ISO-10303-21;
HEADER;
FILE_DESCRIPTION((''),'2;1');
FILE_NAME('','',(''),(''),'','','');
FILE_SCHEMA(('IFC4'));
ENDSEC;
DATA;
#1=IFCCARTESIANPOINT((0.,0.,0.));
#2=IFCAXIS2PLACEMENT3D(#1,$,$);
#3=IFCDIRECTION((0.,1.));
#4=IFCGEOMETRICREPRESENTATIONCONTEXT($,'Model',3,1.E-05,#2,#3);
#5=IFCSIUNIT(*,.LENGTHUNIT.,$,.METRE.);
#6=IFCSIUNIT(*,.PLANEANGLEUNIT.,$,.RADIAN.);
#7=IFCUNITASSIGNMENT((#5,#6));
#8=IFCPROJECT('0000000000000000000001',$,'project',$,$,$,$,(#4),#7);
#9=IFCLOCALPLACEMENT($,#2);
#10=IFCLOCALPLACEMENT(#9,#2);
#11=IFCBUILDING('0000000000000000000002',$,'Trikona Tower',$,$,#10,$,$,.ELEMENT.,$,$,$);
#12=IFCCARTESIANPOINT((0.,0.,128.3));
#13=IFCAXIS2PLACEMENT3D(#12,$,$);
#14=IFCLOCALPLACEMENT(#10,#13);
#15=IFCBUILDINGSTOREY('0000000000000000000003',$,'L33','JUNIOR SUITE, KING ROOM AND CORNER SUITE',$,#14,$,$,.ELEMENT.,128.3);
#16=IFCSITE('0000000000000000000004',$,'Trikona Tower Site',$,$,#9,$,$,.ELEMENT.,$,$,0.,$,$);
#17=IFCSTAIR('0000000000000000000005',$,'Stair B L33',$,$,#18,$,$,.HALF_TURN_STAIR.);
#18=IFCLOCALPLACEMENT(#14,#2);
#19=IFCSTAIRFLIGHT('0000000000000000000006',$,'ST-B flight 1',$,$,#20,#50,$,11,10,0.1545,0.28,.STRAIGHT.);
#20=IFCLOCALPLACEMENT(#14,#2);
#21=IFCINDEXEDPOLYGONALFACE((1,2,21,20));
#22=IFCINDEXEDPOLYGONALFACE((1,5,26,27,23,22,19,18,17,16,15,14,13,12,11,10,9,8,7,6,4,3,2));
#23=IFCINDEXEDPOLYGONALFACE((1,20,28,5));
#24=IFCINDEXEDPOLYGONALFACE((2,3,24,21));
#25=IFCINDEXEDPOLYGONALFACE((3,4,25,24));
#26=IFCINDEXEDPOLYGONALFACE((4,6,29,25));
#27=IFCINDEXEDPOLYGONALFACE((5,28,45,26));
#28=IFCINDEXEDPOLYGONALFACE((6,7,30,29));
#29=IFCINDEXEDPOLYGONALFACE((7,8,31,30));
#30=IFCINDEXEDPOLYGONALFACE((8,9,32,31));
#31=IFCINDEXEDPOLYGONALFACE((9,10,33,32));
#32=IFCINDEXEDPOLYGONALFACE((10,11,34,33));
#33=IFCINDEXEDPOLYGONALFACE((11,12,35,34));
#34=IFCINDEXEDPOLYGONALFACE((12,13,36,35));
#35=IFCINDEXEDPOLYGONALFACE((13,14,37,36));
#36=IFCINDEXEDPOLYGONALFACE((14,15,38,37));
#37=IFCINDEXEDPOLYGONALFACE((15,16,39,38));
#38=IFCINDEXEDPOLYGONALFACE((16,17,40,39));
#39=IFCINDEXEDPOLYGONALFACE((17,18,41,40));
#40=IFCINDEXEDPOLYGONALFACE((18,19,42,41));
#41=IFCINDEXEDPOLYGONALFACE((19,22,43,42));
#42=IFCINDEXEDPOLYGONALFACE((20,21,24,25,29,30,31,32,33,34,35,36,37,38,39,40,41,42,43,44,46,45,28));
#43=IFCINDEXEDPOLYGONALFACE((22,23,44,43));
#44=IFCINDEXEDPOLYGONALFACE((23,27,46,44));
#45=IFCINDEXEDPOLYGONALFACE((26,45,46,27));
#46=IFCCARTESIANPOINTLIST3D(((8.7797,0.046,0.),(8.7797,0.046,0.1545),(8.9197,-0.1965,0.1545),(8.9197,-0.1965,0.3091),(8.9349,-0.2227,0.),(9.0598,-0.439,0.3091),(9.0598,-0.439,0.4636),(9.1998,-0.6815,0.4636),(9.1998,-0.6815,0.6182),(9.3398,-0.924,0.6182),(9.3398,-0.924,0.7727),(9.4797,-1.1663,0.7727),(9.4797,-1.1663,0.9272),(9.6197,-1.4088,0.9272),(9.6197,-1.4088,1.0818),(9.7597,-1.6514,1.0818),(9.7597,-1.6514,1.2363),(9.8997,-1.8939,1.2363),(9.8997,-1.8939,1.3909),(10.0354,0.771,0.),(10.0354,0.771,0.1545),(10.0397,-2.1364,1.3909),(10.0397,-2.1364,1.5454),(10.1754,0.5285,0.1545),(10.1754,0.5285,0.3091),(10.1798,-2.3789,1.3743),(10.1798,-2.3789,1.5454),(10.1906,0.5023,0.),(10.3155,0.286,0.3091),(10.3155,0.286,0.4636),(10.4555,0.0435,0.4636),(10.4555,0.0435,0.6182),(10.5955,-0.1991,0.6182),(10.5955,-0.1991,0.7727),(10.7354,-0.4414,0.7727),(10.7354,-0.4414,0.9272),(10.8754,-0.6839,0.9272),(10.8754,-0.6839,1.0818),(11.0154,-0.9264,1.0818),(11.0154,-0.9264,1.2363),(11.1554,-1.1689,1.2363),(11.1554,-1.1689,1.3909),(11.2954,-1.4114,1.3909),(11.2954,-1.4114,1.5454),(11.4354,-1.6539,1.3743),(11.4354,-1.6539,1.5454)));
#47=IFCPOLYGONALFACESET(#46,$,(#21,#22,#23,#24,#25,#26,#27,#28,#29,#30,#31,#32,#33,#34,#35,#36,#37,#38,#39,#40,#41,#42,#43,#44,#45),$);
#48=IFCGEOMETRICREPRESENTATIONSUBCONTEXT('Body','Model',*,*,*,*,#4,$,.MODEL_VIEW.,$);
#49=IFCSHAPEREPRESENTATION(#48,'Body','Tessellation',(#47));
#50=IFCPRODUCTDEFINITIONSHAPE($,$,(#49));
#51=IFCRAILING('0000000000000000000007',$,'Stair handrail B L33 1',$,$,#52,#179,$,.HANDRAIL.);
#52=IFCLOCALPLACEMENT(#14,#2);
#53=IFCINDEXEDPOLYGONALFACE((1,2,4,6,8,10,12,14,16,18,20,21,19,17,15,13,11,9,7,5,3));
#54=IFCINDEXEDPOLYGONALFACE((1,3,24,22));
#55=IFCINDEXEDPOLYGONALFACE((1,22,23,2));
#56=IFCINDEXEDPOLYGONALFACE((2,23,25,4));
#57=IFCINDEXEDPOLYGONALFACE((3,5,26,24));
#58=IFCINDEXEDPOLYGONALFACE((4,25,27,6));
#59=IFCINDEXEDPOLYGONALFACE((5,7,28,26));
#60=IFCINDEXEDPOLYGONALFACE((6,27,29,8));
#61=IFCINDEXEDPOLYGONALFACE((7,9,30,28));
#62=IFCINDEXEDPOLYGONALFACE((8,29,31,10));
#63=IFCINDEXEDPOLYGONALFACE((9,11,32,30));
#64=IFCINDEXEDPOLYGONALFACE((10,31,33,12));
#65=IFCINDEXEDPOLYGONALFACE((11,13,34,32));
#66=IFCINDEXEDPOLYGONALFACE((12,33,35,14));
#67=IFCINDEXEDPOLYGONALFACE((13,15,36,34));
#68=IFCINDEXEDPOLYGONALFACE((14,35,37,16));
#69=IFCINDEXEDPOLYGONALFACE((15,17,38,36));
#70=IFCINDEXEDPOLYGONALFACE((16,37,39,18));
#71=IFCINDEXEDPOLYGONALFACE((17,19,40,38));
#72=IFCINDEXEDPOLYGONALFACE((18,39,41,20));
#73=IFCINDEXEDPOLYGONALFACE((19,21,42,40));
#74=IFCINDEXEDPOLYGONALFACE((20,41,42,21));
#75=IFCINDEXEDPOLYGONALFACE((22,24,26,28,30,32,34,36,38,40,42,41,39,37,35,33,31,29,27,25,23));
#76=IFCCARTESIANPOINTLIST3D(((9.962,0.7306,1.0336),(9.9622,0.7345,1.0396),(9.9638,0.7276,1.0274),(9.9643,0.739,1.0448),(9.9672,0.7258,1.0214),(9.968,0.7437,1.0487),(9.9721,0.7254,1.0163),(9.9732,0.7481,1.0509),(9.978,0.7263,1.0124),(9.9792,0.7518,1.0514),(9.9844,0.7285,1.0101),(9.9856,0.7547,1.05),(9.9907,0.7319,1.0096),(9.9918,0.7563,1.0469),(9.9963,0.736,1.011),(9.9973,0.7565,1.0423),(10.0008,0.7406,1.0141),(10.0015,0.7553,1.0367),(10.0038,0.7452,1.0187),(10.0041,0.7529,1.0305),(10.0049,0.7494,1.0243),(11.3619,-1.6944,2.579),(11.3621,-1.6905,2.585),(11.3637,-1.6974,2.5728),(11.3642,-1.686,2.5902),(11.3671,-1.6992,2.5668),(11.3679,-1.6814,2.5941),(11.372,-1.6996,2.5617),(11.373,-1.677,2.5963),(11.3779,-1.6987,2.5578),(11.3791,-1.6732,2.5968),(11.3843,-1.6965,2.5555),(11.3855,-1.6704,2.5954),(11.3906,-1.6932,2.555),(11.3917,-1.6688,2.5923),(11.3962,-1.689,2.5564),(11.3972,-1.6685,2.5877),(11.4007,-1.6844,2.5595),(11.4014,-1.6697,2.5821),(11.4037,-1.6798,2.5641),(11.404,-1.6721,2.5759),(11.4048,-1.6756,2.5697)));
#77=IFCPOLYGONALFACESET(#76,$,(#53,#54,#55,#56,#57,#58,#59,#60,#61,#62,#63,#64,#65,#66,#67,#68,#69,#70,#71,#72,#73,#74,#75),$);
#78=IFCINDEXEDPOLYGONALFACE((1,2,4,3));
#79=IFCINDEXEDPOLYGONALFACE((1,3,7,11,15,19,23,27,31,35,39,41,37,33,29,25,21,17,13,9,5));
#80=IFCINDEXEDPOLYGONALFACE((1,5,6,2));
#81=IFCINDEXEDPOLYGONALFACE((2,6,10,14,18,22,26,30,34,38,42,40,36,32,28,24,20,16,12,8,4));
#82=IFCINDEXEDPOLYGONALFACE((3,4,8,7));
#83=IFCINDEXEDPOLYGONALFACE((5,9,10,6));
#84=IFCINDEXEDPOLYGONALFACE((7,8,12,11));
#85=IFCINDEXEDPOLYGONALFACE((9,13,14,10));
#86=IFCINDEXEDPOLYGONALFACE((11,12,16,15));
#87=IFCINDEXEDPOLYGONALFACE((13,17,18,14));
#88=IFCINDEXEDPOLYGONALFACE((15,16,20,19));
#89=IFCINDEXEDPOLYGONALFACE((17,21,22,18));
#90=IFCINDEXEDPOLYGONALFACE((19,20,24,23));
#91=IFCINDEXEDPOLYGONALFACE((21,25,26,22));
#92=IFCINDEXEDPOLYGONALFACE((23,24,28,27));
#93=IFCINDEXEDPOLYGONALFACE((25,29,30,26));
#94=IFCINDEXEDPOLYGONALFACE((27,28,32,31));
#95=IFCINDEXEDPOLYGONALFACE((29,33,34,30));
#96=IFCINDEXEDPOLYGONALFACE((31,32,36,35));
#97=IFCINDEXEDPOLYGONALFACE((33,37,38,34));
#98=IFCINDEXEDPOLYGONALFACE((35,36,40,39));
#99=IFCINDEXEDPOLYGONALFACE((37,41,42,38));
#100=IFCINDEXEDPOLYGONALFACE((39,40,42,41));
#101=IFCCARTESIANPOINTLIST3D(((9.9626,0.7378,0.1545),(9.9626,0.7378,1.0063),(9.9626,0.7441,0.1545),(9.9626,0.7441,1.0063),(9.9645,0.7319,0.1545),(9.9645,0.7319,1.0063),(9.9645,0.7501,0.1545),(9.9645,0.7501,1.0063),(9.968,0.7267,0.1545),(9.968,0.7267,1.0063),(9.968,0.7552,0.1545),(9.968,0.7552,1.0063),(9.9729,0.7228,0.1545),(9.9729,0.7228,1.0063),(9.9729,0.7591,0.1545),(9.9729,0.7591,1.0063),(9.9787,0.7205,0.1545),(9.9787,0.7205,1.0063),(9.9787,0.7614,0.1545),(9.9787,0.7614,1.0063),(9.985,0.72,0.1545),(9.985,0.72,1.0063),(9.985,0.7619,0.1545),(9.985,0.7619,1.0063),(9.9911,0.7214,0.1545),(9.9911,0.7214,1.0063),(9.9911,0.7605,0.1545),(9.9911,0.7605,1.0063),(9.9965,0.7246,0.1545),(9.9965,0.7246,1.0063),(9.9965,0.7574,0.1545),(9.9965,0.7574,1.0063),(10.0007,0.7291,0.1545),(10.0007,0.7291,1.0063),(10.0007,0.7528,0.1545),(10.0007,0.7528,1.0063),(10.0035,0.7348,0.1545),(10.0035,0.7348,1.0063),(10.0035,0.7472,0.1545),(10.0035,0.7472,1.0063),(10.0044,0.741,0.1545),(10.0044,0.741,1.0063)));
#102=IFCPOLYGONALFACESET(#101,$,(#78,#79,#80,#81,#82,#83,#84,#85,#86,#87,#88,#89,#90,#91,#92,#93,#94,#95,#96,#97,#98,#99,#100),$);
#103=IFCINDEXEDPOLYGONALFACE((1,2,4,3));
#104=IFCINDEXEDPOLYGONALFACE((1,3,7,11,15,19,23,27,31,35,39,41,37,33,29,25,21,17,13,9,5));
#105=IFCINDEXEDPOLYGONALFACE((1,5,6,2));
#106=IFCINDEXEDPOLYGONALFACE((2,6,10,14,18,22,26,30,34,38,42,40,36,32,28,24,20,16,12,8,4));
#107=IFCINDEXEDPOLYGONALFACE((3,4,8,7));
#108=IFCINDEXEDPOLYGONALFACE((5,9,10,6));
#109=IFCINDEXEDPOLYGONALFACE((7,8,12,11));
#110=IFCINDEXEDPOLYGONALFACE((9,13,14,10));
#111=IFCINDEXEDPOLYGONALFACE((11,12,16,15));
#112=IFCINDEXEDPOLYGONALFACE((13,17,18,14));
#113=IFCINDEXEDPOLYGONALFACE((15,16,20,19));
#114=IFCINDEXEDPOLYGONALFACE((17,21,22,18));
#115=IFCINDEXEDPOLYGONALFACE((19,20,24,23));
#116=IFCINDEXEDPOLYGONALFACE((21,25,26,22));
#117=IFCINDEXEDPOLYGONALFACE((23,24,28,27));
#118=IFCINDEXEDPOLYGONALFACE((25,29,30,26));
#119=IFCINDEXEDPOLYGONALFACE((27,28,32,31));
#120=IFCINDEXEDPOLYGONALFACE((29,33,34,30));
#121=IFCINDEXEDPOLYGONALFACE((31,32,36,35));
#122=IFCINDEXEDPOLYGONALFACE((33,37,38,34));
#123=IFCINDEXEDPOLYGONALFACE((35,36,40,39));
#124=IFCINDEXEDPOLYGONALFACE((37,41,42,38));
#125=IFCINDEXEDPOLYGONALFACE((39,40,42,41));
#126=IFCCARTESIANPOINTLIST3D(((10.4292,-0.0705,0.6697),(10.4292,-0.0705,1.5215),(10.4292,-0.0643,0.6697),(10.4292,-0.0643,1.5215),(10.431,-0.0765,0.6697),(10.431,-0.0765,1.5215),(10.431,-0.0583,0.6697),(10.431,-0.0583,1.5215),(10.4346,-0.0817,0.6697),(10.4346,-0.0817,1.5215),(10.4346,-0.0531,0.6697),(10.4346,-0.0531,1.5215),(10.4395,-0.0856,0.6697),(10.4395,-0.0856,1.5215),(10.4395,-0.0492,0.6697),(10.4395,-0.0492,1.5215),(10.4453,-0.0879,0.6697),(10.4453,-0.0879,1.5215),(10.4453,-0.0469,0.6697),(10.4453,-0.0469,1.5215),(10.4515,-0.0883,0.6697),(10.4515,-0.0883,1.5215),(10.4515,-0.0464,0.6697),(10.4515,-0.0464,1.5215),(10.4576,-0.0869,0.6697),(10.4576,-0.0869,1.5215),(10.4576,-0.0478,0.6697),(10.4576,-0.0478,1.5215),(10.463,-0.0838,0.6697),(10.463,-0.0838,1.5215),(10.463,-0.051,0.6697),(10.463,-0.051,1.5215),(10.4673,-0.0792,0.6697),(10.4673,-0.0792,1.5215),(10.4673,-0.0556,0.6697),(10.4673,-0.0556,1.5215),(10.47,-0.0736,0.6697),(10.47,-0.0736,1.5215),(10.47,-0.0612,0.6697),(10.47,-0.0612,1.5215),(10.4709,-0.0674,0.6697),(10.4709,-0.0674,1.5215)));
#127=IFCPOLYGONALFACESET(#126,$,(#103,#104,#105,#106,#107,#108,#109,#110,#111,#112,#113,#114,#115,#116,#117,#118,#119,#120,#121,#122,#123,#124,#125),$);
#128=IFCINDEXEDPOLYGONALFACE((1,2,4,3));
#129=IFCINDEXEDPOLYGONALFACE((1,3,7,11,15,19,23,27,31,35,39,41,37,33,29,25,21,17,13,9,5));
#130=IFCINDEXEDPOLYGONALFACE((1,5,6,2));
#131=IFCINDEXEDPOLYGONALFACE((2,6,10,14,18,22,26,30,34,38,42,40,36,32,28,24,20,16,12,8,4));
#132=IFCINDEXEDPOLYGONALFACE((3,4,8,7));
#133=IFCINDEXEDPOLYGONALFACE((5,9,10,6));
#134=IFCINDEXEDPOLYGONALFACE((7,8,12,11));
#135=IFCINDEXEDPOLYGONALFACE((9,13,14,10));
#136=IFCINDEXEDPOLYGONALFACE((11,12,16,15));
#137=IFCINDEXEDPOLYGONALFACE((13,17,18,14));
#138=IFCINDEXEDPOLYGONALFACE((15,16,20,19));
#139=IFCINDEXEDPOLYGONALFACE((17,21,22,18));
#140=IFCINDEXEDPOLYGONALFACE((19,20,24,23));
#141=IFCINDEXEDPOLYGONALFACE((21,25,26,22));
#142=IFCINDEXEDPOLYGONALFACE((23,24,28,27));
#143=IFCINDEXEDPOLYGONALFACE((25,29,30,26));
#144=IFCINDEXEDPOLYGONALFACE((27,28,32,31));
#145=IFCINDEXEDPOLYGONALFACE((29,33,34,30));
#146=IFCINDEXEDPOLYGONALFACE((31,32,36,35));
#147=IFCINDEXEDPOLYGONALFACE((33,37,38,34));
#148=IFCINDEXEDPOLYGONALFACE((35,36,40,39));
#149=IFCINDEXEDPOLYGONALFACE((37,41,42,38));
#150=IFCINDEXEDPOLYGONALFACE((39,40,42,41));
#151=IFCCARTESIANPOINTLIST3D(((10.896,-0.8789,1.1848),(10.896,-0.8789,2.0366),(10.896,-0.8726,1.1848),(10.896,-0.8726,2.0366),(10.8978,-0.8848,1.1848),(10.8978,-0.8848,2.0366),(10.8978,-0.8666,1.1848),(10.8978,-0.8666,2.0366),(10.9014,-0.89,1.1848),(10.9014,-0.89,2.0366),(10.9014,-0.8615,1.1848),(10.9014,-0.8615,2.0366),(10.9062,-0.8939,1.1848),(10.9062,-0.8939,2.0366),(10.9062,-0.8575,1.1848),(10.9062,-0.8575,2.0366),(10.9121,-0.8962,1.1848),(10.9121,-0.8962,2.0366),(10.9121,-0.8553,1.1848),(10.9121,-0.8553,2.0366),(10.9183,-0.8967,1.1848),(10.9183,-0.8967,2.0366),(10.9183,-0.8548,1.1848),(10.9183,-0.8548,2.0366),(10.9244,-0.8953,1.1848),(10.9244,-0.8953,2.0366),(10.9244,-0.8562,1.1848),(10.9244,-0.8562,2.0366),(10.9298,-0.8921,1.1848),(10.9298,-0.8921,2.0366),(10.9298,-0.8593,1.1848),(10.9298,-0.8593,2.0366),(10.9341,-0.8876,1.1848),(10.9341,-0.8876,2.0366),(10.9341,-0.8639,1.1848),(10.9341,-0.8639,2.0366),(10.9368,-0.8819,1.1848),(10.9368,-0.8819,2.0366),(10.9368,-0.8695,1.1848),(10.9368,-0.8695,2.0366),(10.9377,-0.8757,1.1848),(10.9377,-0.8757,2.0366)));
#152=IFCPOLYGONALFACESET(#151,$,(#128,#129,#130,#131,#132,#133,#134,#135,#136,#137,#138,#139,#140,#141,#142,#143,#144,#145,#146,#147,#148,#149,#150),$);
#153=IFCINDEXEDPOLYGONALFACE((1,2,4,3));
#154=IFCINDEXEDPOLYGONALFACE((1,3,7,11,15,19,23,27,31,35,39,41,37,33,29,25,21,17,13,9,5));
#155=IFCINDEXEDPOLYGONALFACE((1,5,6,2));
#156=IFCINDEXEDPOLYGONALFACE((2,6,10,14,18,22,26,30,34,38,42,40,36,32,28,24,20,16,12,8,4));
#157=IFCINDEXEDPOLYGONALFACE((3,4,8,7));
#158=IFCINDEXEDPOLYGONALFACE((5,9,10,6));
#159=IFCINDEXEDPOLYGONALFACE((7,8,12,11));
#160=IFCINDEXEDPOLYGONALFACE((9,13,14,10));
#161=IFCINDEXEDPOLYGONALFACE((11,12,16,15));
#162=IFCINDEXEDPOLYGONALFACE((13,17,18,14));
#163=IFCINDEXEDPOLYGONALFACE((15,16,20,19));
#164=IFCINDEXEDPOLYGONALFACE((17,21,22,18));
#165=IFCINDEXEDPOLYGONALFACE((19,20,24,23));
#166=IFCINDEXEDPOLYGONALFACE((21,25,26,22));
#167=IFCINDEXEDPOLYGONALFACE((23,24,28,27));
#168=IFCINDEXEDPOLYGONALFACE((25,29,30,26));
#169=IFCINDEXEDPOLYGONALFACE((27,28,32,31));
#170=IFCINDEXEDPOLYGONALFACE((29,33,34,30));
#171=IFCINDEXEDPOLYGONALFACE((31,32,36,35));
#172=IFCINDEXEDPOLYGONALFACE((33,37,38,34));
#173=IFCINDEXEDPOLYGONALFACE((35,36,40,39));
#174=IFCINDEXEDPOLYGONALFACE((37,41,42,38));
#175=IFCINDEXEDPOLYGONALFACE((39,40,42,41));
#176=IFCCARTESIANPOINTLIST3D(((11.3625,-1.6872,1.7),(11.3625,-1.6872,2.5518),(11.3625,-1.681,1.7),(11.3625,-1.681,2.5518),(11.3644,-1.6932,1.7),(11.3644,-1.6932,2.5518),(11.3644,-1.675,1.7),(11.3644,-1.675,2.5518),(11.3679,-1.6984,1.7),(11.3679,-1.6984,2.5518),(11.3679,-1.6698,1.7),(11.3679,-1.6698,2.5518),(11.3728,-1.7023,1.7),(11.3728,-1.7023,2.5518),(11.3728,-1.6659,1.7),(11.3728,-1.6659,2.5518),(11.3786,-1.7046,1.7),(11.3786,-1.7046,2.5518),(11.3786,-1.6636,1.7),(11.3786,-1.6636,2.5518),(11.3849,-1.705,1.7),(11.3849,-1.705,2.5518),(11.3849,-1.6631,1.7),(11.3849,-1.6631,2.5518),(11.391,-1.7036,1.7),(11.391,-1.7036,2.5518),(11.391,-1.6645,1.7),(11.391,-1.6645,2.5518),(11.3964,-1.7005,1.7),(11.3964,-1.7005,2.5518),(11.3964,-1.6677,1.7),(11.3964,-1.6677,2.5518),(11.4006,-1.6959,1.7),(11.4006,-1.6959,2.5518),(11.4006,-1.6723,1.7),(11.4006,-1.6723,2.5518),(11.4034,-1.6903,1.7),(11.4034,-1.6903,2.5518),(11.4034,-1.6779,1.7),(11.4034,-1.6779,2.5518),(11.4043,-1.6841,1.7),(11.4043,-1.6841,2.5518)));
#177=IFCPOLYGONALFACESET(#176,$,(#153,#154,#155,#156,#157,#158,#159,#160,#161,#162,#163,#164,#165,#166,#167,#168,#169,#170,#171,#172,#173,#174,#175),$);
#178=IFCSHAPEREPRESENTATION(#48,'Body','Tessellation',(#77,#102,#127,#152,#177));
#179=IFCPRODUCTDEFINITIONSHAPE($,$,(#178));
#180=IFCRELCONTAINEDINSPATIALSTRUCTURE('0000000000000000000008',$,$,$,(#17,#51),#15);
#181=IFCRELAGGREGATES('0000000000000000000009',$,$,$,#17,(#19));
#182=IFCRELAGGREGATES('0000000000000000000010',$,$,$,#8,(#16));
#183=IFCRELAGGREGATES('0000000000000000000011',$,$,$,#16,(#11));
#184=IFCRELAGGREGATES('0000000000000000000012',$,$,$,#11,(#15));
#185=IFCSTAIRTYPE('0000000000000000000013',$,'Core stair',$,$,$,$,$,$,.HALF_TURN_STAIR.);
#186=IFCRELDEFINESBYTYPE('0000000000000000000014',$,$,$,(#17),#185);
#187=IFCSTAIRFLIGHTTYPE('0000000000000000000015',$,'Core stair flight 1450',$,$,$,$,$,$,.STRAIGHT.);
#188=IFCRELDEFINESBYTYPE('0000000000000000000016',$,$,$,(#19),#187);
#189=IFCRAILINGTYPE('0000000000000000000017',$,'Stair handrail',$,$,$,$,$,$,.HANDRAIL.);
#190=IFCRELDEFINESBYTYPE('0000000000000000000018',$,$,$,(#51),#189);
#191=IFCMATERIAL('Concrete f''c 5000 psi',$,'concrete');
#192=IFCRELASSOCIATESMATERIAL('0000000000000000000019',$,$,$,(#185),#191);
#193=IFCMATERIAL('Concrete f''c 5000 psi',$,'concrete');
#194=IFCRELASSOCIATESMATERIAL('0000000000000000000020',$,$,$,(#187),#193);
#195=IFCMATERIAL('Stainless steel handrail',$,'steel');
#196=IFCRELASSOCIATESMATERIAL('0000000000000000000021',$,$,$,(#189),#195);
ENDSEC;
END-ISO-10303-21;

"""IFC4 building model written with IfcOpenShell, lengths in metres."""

from ifc_helpers import new_model, si_unit, direction, frame, origin, origin_2d, place, context, subcontext, project, spatial, polyline, circle, outline, extrude, material, type_object, element, aggregate, save


model = new_model("IFC4")

# Units and contexts
model_context = context("Model", 3, precision=1e-05, world=origin(), true_north=direction((0.0, 1.0)))
body_context = subcontext(model_context, "Body", "Model", "MODEL_VIEW")
ifc_project = project(units=[si_unit("LENGTHUNIT", "METRE"), si_unit("PLANEANGLEUNIT", "RADIAN")], contexts=[model_context])

# Site, building, storey
site_placement = place(None, origin())
site = spatial("IfcSite", under=ifc_project, at=site_placement, Name="Trikona Tower Site", CompositionType="ELEMENT", RefElevation=0.0)
building_placement = place(site_placement, origin())
building = spatial("IfcBuilding", under=site, at=building_placement, Name="Trikona Tower", CompositionType="ELEMENT")
storey_placement = place(building_placement, frame((0.0, 0.0, 128.3)))
storey = spatial("IfcBuildingStorey", under=building, at=storey_placement, Name="L33", Description="JUNIOR SUITE, KING ROOM AND CORNER SUITE", CompositionType="ELEMENT", Elevation=128.3)

# Stair
ifc_material_1 = material(Name="Concrete f'c 5000 psi", Category="concrete")
stair_type = type_object("IfcStairType", Name="Core stair", PredefinedType="HALF_TURN_STAIR", material=ifc_material_1)
stair_1_placement = place(storey_placement, origin())
stair_1 = element("IfcStair", 1, at=stair_1_placement, inside=storey, type_object=stair_type, Name="Stair B L33", PredefinedType="HALF_TURN_STAIR")

# Stair flight
ifc_material_2 = material(Name="Concrete f'c 5000 psi", Category="concrete")
stair_flight_type = type_object("IfcStairFlightType", Name="Core stair flight 1450", PredefinedType="STRAIGHT", material=ifc_material_2)
stair_flight_placement = place(storey_placement, frame((9.4075, 0.4084, 0.0), z_axis=(0.0, 0.0, 1.0), x_axis=(0.5, -0.866025, 0.0)))
stair_flight = element("IfcStairFlight", 2, at=stair_flight_placement, type_object=stair_flight_type, Name="ST-B flight 1", NumberOfRisers=11, NumberOfTreads=10, PredefinedType="STRAIGHT", RiserHeight=0.1545, TreadLength=0.28, context=body_context, shape_type="SweptSolid", body=[
    extrude(outline(polyline([(0.0, 0.0), (0.0, 0.1545), (0.28, 0.1545), (0.28, 0.3091), (0.5601, 0.3091), (0.5601, 0.4636), (0.8401, 0.4636), (0.8401, 0.6182), (1.1201, 0.6182), (1.1201, 0.7727), (1.3999, 0.7727), (1.3999, 0.9272), (1.6799, 0.9272), (1.6799, 1.0818), (1.96, 1.0818), (1.96, 1.2363), (2.24, 1.2363), (2.24, 1.3909), (2.52, 1.3909), (2.52, 1.5454), (2.8, 1.5454), (2.8, 1.7), (2.8, 1.3743), (0.3103, 0.0), (0.0, 0.0)])), frame((0.0, 0.7251, 0.0), z_axis=(0.0, -1.0, 0.0), x_axis=(1.0, 0.0, 0.0)), (0.0, 0.0, 1.0), 1.45),
])
aggregate(stair_1, [stair_flight])

# Railing
ifc_material_3 = material(Name="Stainless steel handrail", Category="steel")
railing_type = type_object("IfcRailingType", Name="Stair handrail", PredefinedType="HANDRAIL", material=ifc_material_3)
railing_placement = place(storey_placement, frame((9.9834, 0.741, 0.1545)))
element("IfcRailing", 3, at=railing_placement, inside=storey, type_object=railing_type, Name="Stair handrail B L33 1", PredefinedType="HANDRAIL", context=body_context, shape_type="SweptSolid", body=[
    extrude(circle(Radius=0.0239, at=origin_2d()), frame((0.0, 0.0, 0.876), z_axis=(0.437707, -0.75824, 0.483203), x_axis=(0.866056, 0.499946, 0.0)), (0.0, 0.0, 1.0), 3.1982),
    extrude(circle(Radius=0.021, at=origin_2d()), origin(), (0.0, 0.0, 1.0), 0.8518),
    extrude(circle(Radius=0.021, at=origin_2d()), frame((0.4666, -0.8083, 0.5151)), (0.0, 0.0, 1.0), 0.8518),
    extrude(circle(Radius=0.021, at=origin_2d()), frame((0.9333, -1.6167, 1.0303)), (0.0, 0.0, 1.0), 0.8518),
    extrude(circle(Radius=0.021, at=origin_2d()), frame((1.3999, -2.425, 1.5454)), (0.0, 0.0, 1.0), 0.8518),
])

save(model, "model.ifc")
